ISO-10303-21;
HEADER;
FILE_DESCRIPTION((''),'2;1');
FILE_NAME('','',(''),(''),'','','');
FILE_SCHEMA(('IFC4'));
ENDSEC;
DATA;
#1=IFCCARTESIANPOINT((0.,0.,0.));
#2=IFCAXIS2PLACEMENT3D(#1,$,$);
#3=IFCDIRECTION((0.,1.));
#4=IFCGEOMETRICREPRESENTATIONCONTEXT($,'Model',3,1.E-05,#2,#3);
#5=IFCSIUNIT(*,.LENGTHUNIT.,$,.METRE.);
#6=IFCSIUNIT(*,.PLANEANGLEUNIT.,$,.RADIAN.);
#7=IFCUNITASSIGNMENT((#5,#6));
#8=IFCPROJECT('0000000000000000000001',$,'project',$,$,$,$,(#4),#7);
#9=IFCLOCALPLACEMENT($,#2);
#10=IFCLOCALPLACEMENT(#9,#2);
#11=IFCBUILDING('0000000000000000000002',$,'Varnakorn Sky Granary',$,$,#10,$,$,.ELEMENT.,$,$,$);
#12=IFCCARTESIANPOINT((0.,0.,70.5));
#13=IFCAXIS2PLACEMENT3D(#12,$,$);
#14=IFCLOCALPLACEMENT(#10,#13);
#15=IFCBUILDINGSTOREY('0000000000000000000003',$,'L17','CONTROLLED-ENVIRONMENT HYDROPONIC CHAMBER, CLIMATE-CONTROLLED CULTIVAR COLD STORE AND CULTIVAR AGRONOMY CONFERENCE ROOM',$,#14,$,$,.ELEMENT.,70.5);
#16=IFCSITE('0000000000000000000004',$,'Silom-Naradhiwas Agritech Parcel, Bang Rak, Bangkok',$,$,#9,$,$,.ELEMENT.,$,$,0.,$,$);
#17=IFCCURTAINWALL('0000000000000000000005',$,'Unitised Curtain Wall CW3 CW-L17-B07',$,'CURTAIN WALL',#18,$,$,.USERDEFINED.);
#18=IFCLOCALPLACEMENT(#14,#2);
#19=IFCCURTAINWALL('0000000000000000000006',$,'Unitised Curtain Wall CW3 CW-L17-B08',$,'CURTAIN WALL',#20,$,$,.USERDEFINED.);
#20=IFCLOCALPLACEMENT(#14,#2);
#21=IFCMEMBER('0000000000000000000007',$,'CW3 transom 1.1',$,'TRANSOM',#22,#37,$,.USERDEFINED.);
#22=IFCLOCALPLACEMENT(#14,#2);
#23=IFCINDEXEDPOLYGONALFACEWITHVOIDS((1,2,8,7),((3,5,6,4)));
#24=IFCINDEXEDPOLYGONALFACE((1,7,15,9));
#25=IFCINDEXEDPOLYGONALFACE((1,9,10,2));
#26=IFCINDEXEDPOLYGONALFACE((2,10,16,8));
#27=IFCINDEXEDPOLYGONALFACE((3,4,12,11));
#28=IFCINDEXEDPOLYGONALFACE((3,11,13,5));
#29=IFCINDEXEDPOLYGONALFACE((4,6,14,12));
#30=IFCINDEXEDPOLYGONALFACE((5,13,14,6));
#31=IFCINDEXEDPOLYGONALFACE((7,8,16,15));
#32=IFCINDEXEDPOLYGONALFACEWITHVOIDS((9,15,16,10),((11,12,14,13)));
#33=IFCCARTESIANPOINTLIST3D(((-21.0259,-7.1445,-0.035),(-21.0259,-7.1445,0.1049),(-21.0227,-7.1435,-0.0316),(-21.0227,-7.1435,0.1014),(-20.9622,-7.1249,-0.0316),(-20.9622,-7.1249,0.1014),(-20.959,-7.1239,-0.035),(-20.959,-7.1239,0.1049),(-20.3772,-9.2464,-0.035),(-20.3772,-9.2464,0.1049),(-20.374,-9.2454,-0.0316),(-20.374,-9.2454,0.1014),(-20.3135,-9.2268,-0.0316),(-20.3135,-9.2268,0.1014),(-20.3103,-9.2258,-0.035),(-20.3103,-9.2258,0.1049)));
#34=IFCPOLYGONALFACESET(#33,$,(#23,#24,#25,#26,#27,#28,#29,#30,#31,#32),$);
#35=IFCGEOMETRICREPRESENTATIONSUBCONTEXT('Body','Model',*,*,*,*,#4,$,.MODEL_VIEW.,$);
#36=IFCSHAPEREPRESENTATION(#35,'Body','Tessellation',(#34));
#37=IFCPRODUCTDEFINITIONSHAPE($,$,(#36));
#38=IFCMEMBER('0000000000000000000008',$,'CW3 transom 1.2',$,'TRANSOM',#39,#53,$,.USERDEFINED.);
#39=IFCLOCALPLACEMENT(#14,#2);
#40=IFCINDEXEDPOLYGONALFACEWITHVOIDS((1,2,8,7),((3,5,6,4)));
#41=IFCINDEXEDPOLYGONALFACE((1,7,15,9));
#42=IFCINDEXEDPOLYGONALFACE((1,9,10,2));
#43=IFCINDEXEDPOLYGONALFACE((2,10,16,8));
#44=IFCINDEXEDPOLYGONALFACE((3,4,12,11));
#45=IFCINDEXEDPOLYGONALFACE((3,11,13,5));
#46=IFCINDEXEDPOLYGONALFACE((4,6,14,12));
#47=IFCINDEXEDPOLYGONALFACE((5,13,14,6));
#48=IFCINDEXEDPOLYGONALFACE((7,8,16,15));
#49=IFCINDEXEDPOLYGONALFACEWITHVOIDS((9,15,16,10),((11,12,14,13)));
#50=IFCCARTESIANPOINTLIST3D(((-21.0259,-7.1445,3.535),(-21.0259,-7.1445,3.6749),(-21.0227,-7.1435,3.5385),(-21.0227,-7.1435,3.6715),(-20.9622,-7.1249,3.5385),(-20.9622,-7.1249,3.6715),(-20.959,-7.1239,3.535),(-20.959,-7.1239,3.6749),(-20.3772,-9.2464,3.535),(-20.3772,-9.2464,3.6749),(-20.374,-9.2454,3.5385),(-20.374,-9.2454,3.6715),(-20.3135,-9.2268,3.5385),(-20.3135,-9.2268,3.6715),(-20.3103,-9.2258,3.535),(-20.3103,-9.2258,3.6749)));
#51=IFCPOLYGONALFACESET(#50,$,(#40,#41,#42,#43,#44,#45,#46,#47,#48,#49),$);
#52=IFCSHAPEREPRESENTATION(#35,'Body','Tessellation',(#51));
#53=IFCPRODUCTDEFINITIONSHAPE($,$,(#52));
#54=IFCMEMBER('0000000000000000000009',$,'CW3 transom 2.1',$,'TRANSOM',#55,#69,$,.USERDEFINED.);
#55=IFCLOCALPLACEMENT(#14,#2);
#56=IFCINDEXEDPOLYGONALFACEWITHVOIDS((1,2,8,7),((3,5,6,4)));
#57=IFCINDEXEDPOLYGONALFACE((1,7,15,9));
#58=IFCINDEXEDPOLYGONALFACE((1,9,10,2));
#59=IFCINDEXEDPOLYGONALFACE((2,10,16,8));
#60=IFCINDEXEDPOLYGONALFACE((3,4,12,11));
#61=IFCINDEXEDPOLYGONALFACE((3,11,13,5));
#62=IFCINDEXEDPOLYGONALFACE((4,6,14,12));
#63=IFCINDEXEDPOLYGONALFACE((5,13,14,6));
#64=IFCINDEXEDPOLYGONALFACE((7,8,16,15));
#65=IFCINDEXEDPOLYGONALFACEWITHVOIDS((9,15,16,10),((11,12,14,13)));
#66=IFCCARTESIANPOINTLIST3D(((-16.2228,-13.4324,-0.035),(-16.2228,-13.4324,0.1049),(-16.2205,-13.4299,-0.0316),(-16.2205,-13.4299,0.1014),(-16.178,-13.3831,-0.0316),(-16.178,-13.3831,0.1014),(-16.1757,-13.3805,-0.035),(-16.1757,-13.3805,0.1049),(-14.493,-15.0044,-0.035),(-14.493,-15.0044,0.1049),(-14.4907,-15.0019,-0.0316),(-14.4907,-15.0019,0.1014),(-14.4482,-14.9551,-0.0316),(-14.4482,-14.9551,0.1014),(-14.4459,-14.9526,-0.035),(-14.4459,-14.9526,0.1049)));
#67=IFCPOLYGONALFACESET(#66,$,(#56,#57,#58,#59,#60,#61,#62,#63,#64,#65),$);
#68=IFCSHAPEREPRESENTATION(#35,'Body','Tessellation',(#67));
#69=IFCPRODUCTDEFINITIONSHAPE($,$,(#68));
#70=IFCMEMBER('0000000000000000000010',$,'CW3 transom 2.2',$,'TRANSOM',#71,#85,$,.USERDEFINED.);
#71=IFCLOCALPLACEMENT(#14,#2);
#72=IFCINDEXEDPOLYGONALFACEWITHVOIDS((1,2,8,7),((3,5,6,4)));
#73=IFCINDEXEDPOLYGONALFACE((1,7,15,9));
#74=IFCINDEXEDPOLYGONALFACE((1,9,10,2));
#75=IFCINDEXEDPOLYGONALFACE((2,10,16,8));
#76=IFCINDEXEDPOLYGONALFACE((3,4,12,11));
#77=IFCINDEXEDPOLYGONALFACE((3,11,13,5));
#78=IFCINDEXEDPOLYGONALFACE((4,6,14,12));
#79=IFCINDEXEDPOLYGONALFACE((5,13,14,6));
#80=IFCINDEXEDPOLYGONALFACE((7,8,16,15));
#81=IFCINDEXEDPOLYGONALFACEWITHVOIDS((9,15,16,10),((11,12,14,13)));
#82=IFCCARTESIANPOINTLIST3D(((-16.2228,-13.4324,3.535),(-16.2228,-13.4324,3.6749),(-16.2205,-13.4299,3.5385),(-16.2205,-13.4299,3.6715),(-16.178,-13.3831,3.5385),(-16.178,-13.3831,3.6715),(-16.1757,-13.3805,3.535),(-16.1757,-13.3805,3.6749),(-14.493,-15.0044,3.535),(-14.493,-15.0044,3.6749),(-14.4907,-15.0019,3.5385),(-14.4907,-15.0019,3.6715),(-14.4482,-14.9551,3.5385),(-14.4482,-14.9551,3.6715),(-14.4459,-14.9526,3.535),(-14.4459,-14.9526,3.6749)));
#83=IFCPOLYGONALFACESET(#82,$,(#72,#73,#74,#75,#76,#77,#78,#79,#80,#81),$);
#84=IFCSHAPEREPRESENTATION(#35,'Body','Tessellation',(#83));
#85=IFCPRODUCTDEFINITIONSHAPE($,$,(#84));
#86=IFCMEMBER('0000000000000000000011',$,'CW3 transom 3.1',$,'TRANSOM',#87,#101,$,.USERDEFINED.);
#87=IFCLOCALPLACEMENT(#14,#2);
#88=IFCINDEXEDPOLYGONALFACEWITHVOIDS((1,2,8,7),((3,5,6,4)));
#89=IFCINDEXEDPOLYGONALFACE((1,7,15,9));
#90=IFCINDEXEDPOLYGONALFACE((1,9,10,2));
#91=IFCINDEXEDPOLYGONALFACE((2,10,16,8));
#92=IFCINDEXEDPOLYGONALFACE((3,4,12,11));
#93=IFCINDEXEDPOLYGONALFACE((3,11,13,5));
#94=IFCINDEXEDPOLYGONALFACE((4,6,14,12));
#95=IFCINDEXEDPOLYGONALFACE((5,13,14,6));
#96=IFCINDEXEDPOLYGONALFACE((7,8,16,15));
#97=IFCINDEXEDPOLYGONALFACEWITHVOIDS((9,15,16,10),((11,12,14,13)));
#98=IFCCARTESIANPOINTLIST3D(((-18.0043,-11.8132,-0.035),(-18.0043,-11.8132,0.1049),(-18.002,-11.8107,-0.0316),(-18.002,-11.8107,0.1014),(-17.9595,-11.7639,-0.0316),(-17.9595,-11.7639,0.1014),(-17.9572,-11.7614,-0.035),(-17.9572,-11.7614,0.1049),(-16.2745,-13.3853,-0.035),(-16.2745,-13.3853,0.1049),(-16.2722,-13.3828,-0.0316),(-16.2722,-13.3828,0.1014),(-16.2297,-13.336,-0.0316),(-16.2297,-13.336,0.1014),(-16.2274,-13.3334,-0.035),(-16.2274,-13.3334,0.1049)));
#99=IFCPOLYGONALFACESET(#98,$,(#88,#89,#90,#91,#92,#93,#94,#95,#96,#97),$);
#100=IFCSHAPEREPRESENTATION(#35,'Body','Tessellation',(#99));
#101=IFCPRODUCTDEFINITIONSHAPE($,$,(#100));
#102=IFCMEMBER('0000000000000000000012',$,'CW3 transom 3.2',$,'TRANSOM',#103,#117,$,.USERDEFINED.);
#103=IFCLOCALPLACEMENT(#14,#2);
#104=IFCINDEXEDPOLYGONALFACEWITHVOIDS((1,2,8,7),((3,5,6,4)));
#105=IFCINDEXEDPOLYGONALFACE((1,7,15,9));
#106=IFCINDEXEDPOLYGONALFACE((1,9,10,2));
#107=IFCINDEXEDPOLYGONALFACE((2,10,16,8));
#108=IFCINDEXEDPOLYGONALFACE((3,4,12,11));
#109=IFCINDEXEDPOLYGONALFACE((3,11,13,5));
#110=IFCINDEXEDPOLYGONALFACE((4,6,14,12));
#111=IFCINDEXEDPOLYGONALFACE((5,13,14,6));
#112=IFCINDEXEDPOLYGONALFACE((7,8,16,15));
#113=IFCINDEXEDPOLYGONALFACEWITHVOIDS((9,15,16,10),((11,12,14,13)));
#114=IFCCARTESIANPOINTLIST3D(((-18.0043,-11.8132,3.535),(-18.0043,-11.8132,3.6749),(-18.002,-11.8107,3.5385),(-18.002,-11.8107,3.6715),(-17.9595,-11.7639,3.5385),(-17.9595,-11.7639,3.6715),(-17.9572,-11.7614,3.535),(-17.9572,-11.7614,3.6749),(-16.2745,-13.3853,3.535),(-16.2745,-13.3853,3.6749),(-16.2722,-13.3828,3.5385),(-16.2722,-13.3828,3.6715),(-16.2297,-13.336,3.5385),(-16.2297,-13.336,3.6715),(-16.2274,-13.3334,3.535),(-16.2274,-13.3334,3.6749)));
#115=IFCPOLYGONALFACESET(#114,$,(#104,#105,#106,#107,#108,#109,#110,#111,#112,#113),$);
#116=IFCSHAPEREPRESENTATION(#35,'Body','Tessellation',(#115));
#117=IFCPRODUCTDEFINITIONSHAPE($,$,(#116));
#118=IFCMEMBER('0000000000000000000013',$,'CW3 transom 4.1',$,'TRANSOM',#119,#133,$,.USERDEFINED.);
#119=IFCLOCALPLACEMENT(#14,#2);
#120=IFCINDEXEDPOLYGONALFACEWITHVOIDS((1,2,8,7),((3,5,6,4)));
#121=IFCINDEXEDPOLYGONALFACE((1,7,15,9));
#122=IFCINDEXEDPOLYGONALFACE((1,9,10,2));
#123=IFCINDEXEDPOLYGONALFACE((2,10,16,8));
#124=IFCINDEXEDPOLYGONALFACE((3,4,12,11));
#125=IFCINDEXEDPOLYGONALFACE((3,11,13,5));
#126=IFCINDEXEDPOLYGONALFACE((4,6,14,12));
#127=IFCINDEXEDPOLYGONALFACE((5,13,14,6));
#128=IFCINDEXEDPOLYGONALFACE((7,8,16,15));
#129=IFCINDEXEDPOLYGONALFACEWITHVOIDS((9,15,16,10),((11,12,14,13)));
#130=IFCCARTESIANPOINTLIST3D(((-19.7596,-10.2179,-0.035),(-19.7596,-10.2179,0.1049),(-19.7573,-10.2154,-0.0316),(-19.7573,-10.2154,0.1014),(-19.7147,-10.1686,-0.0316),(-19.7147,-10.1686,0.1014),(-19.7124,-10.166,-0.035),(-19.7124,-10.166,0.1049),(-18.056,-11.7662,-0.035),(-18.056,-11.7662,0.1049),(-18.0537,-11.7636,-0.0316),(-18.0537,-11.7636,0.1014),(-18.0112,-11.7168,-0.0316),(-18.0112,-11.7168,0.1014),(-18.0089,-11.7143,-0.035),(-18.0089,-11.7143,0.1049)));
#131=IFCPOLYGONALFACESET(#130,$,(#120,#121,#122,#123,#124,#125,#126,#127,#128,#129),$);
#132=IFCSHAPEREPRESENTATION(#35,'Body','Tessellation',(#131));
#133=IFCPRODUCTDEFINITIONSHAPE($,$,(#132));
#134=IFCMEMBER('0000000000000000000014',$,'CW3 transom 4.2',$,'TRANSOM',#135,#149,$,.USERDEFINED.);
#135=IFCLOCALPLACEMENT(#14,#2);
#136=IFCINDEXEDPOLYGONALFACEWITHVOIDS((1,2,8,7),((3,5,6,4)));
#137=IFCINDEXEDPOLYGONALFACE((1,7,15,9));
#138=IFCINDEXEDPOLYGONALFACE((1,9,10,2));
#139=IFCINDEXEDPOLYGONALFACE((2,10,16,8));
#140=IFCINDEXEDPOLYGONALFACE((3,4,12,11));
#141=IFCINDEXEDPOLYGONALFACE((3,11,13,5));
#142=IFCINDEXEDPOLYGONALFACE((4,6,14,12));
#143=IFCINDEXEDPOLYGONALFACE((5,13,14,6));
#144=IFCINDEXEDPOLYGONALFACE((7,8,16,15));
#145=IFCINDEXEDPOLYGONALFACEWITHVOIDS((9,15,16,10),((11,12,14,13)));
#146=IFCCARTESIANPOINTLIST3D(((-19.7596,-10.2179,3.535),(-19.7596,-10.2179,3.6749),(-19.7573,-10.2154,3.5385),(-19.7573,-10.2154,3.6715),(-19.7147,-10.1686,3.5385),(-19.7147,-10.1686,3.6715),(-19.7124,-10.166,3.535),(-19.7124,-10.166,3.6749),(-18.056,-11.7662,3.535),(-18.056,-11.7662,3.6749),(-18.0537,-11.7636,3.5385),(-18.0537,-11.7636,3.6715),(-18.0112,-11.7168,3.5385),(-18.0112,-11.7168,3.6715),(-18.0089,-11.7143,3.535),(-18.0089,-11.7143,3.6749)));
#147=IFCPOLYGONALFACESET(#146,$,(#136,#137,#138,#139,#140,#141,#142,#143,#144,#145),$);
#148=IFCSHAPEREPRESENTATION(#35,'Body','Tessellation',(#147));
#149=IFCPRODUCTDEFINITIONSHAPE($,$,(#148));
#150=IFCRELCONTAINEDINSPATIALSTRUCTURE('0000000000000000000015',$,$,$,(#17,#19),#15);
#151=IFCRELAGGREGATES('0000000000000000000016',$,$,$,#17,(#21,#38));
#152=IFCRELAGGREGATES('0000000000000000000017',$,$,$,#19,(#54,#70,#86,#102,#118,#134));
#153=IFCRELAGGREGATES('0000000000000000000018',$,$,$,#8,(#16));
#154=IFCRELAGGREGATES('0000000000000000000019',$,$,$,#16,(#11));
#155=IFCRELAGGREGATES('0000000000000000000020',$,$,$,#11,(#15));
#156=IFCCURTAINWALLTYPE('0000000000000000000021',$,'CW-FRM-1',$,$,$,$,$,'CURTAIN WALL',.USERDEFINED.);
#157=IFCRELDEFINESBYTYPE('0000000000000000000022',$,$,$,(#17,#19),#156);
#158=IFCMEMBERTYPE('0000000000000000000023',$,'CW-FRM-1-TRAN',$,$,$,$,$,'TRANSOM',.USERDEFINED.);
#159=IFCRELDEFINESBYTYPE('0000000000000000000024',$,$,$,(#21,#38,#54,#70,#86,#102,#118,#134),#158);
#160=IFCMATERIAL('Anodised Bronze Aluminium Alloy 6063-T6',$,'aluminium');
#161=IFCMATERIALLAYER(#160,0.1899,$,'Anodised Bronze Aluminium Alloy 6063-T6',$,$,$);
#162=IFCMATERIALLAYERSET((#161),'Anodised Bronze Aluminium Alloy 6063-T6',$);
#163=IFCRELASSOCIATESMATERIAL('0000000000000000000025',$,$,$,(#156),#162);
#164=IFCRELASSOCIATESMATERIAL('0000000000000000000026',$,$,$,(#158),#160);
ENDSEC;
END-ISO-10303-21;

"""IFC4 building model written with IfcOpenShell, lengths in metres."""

from ifc_helpers import new_model, si_unit, direction, frame, origin, origin_2d, place, context, subcontext, project, spatial, hollow_rectangle, extrude, material, layer, layer_set, material_profile, profile_set, type_object, element, aggregate, save


model = new_model("IFC4")

# Units and contexts
model_context = context("Model", 3, precision=1e-05, world=origin(), true_north=direction((0.0, 1.0)))
body_context = subcontext(model_context, "Body", "Model", "MODEL_VIEW")
ifc_project = project(units=[si_unit("LENGTHUNIT", "METRE"), si_unit("PLANEANGLEUNIT", "RADIAN")], contexts=[model_context])

# Site, building, storey
site_placement = place(None, origin())
site = spatial("IfcSite", under=ifc_project, at=site_placement, Name="Silom-Naradhiwas Agritech Parcel, Bang Rak, Bangkok", CompositionType="ELEMENT", RefElevation=0.0)
building_placement = place(site_placement, origin())
building = spatial("IfcBuilding", under=site, at=building_placement, Name="Varnakorn Sky Granary", CompositionType="ELEMENT")
storey_placement = place(building_placement, frame((0.0, 0.0, 70.5)))
storey = spatial("IfcBuildingStorey", under=building, at=storey_placement, Name="L17", Description="CONTROLLED-ENVIRONMENT HYDROPONIC CHAMBER, CLIMATE-CONTROLLED CULTIVAR COLD STORE AND CULTIVAR AGRONOMY CONFERENCE ROOM", CompositionType="ELEMENT", Elevation=70.5)

# Curtain wall
ifc_material_1 = material(Name="Anodised Bronze Aluminium Alloy 6063-T6", Category="aluminium")
ifc_layer_1 = layer(ifc_material_1, 0.1899, Name="Anodised Bronze Aluminium Alloy 6063-T6")
ifc_layer_set_1 = layer_set([ifc_layer_1], Name="Anodised Bronze Aluminium Alloy 6063-T6")
curtain_wall_type = type_object("IfcCurtainWallType", Name="CW-FRM-1", ElementType="CURTAIN WALL", PredefinedType="USERDEFINED", material=ifc_layer_set_1)
curtain_wall_1_placement = place(storey_placement, origin())
curtain_wall_1 = element("IfcCurtainWall", 1, at=curtain_wall_1_placement, inside=storey, type_object=curtain_wall_type, Name="Unitised Curtain Wall CW3 CW-L17-B07", ObjectType="CURTAIN WALL", PredefinedType="USERDEFINED")

# Curtain wall
curtain_wall_2_placement = place(storey_placement, origin())
curtain_wall_2 = element("IfcCurtainWall", 2, at=curtain_wall_2_placement, inside=storey, type_object=curtain_wall_type, Name="Unitised Curtain Wall CW3 CW-L17-B08", ObjectType="CURTAIN WALL", PredefinedType="USERDEFINED")

# Members
ifc_material_profile_1 = material_profile(ifc_material_1, hollow_rectangle(XDim=0.0701, YDim=0.1399, WallThickness=0.0034, at=origin_2d()), Name="ALU TRAN 70x140")
ifc_profile_set_1 = profile_set([ifc_material_profile_1], Name="Anodised Bronze Aluminium Alloy 6063-T6")
member_type_1 = type_object("IfcMemberType", Name="CW-FRM-1-TRAN", ElementType="TRANSOM", PredefinedType="USERDEFINED", material=ifc_profile_set_1)
member_1_placement = place(storey_placement, frame((-20.3438, -9.2361, 0.0349), z_axis=(-0.294905, 0.955527, 0.0), x_axis=(-0.955527, -0.294905, 0.0)))
member_1 = element("IfcMember", 3, at=member_1_placement, type_object=member_type_1, Name="CW3 transom 1.1", ObjectType="TRANSOM", PredefinedType="USERDEFINED", context=body_context, shape_type="SweptSolid", body=[
    extrude(hollow_rectangle(XDim=0.0701, YDim=0.1399, WallThickness=0.0034, at=origin_2d()), origin(), (0.0, 0.0, 1.0), 2.1997),
])
member_2_placement = place(storey_placement, frame((-20.3438, -9.2361, 3.605), z_axis=(-0.294905, 0.955527, 0.0), x_axis=(-0.955527, -0.294905, 0.0)))
member_2 = element("IfcMember", 4, at=member_2_placement, type_object=member_type_1, Name="CW3 transom 1.2", ObjectType="TRANSOM", PredefinedType="USERDEFINED", context=body_context, shape_type="SweptSolid", body=[
    extrude(hollow_rectangle(XDim=0.0701, YDim=0.1399, WallThickness=0.0034, at=origin_2d()), origin(), (0.0, 0.0, 1.0), 2.1997),
])
member_3_placement = place(storey_placement, frame((-14.4695, -14.9785, 0.0349), z_axis=(-0.740039, 0.672564, 0.0), x_axis=(-0.672564, -0.740039, 0.0)))
member_3 = element("IfcMember", 5, at=member_3_placement, type_object=member_type_1, Name="CW3 transom 2.1", ObjectType="TRANSOM", PredefinedType="USERDEFINED", context=body_context, shape_type="SweptSolid", body=[
    extrude(hollow_rectangle(XDim=0.0701, YDim=0.1399, WallThickness=0.0034, at=origin_2d()), origin(), (0.0, 0.0, 1.0), 2.3374),
])
member_4_placement = place(storey_placement, frame((-14.4695, -14.9785, 3.605), z_axis=(-0.740039, 0.672564, 0.0), x_axis=(-0.672564, -0.740039, 0.0)))
member_4 = element("IfcMember", 6, at=member_4_placement, type_object=member_type_1, Name="CW3 transom 2.2", ObjectType="TRANSOM", PredefinedType="USERDEFINED", context=body_context, shape_type="SweptSolid", body=[
    extrude(hollow_rectangle(XDim=0.0701, YDim=0.1399, WallThickness=0.0034, at=origin_2d()), origin(), (0.0, 0.0, 1.0), 2.3374),
])
member_5_placement = place(storey_placement, frame((-16.251, -13.3594, 0.0349), z_axis=(-0.740039, 0.672564, 0.0), x_axis=(-0.672564, -0.740039, 0.0)))
member_5 = element("IfcMember", 7, at=member_5_placement, type_object=member_type_1, Name="CW3 transom 3.1", ObjectType="TRANSOM", PredefinedType="USERDEFINED", context=body_context, shape_type="SweptSolid", body=[
    extrude(hollow_rectangle(XDim=0.0701, YDim=0.1399, WallThickness=0.0034, at=origin_2d()), origin(), (0.0, 0.0, 1.0), 2.3374),
])
member_6_placement = place(storey_placement, frame((-16.251, -13.3594, 3.605), z_axis=(-0.740039, 0.672564, 0.0), x_axis=(-0.672564, -0.740039, 0.0)))
member_6 = element("IfcMember", 8, at=member_6_placement, type_object=member_type_1, Name="CW3 transom 3.2", ObjectType="TRANSOM", PredefinedType="USERDEFINED", context=body_context, shape_type="SweptSolid", body=[
    extrude(hollow_rectangle(XDim=0.0701, YDim=0.1399, WallThickness=0.0034, at=origin_2d()), origin(), (0.0, 0.0, 1.0), 2.3374),
])
member_7_placement = place(storey_placement, frame((-18.0325, -11.7402, 0.0349), z_axis=(-0.740026, 0.672578, 0.0), x_axis=(-0.672578, -0.740026, 0.0)))
member_7 = element("IfcMember", 9, at=member_7_placement, type_object=member_type_1, Name="CW3 transom 4.1", ObjectType="TRANSOM", PredefinedType="USERDEFINED", context=body_context, shape_type="SweptSolid", body=[
    extrude(hollow_rectangle(XDim=0.0701, YDim=0.1399, WallThickness=0.0034, at=origin_2d()), origin(), (0.0, 0.0, 1.0), 2.302),
])
member_8_placement = place(storey_placement, frame((-18.0325, -11.7402, 3.605), z_axis=(-0.740026, 0.672578, 0.0), x_axis=(-0.672578, -0.740026, 0.0)))
member_8 = element("IfcMember", 10, at=member_8_placement, type_object=member_type_1, Name="CW3 transom 4.2", ObjectType="TRANSOM", PredefinedType="USERDEFINED", context=body_context, shape_type="SweptSolid", body=[
    extrude(hollow_rectangle(XDim=0.0701, YDim=0.1399, WallThickness=0.0034, at=origin_2d()), origin(), (0.0, 0.0, 1.0), 2.302),
])

aggregate(curtain_wall_1, [member_1, member_2])
aggregate(curtain_wall_2, [member_3, member_4, member_5, member_6, member_7, member_8])

save(model, "model.ifc")
